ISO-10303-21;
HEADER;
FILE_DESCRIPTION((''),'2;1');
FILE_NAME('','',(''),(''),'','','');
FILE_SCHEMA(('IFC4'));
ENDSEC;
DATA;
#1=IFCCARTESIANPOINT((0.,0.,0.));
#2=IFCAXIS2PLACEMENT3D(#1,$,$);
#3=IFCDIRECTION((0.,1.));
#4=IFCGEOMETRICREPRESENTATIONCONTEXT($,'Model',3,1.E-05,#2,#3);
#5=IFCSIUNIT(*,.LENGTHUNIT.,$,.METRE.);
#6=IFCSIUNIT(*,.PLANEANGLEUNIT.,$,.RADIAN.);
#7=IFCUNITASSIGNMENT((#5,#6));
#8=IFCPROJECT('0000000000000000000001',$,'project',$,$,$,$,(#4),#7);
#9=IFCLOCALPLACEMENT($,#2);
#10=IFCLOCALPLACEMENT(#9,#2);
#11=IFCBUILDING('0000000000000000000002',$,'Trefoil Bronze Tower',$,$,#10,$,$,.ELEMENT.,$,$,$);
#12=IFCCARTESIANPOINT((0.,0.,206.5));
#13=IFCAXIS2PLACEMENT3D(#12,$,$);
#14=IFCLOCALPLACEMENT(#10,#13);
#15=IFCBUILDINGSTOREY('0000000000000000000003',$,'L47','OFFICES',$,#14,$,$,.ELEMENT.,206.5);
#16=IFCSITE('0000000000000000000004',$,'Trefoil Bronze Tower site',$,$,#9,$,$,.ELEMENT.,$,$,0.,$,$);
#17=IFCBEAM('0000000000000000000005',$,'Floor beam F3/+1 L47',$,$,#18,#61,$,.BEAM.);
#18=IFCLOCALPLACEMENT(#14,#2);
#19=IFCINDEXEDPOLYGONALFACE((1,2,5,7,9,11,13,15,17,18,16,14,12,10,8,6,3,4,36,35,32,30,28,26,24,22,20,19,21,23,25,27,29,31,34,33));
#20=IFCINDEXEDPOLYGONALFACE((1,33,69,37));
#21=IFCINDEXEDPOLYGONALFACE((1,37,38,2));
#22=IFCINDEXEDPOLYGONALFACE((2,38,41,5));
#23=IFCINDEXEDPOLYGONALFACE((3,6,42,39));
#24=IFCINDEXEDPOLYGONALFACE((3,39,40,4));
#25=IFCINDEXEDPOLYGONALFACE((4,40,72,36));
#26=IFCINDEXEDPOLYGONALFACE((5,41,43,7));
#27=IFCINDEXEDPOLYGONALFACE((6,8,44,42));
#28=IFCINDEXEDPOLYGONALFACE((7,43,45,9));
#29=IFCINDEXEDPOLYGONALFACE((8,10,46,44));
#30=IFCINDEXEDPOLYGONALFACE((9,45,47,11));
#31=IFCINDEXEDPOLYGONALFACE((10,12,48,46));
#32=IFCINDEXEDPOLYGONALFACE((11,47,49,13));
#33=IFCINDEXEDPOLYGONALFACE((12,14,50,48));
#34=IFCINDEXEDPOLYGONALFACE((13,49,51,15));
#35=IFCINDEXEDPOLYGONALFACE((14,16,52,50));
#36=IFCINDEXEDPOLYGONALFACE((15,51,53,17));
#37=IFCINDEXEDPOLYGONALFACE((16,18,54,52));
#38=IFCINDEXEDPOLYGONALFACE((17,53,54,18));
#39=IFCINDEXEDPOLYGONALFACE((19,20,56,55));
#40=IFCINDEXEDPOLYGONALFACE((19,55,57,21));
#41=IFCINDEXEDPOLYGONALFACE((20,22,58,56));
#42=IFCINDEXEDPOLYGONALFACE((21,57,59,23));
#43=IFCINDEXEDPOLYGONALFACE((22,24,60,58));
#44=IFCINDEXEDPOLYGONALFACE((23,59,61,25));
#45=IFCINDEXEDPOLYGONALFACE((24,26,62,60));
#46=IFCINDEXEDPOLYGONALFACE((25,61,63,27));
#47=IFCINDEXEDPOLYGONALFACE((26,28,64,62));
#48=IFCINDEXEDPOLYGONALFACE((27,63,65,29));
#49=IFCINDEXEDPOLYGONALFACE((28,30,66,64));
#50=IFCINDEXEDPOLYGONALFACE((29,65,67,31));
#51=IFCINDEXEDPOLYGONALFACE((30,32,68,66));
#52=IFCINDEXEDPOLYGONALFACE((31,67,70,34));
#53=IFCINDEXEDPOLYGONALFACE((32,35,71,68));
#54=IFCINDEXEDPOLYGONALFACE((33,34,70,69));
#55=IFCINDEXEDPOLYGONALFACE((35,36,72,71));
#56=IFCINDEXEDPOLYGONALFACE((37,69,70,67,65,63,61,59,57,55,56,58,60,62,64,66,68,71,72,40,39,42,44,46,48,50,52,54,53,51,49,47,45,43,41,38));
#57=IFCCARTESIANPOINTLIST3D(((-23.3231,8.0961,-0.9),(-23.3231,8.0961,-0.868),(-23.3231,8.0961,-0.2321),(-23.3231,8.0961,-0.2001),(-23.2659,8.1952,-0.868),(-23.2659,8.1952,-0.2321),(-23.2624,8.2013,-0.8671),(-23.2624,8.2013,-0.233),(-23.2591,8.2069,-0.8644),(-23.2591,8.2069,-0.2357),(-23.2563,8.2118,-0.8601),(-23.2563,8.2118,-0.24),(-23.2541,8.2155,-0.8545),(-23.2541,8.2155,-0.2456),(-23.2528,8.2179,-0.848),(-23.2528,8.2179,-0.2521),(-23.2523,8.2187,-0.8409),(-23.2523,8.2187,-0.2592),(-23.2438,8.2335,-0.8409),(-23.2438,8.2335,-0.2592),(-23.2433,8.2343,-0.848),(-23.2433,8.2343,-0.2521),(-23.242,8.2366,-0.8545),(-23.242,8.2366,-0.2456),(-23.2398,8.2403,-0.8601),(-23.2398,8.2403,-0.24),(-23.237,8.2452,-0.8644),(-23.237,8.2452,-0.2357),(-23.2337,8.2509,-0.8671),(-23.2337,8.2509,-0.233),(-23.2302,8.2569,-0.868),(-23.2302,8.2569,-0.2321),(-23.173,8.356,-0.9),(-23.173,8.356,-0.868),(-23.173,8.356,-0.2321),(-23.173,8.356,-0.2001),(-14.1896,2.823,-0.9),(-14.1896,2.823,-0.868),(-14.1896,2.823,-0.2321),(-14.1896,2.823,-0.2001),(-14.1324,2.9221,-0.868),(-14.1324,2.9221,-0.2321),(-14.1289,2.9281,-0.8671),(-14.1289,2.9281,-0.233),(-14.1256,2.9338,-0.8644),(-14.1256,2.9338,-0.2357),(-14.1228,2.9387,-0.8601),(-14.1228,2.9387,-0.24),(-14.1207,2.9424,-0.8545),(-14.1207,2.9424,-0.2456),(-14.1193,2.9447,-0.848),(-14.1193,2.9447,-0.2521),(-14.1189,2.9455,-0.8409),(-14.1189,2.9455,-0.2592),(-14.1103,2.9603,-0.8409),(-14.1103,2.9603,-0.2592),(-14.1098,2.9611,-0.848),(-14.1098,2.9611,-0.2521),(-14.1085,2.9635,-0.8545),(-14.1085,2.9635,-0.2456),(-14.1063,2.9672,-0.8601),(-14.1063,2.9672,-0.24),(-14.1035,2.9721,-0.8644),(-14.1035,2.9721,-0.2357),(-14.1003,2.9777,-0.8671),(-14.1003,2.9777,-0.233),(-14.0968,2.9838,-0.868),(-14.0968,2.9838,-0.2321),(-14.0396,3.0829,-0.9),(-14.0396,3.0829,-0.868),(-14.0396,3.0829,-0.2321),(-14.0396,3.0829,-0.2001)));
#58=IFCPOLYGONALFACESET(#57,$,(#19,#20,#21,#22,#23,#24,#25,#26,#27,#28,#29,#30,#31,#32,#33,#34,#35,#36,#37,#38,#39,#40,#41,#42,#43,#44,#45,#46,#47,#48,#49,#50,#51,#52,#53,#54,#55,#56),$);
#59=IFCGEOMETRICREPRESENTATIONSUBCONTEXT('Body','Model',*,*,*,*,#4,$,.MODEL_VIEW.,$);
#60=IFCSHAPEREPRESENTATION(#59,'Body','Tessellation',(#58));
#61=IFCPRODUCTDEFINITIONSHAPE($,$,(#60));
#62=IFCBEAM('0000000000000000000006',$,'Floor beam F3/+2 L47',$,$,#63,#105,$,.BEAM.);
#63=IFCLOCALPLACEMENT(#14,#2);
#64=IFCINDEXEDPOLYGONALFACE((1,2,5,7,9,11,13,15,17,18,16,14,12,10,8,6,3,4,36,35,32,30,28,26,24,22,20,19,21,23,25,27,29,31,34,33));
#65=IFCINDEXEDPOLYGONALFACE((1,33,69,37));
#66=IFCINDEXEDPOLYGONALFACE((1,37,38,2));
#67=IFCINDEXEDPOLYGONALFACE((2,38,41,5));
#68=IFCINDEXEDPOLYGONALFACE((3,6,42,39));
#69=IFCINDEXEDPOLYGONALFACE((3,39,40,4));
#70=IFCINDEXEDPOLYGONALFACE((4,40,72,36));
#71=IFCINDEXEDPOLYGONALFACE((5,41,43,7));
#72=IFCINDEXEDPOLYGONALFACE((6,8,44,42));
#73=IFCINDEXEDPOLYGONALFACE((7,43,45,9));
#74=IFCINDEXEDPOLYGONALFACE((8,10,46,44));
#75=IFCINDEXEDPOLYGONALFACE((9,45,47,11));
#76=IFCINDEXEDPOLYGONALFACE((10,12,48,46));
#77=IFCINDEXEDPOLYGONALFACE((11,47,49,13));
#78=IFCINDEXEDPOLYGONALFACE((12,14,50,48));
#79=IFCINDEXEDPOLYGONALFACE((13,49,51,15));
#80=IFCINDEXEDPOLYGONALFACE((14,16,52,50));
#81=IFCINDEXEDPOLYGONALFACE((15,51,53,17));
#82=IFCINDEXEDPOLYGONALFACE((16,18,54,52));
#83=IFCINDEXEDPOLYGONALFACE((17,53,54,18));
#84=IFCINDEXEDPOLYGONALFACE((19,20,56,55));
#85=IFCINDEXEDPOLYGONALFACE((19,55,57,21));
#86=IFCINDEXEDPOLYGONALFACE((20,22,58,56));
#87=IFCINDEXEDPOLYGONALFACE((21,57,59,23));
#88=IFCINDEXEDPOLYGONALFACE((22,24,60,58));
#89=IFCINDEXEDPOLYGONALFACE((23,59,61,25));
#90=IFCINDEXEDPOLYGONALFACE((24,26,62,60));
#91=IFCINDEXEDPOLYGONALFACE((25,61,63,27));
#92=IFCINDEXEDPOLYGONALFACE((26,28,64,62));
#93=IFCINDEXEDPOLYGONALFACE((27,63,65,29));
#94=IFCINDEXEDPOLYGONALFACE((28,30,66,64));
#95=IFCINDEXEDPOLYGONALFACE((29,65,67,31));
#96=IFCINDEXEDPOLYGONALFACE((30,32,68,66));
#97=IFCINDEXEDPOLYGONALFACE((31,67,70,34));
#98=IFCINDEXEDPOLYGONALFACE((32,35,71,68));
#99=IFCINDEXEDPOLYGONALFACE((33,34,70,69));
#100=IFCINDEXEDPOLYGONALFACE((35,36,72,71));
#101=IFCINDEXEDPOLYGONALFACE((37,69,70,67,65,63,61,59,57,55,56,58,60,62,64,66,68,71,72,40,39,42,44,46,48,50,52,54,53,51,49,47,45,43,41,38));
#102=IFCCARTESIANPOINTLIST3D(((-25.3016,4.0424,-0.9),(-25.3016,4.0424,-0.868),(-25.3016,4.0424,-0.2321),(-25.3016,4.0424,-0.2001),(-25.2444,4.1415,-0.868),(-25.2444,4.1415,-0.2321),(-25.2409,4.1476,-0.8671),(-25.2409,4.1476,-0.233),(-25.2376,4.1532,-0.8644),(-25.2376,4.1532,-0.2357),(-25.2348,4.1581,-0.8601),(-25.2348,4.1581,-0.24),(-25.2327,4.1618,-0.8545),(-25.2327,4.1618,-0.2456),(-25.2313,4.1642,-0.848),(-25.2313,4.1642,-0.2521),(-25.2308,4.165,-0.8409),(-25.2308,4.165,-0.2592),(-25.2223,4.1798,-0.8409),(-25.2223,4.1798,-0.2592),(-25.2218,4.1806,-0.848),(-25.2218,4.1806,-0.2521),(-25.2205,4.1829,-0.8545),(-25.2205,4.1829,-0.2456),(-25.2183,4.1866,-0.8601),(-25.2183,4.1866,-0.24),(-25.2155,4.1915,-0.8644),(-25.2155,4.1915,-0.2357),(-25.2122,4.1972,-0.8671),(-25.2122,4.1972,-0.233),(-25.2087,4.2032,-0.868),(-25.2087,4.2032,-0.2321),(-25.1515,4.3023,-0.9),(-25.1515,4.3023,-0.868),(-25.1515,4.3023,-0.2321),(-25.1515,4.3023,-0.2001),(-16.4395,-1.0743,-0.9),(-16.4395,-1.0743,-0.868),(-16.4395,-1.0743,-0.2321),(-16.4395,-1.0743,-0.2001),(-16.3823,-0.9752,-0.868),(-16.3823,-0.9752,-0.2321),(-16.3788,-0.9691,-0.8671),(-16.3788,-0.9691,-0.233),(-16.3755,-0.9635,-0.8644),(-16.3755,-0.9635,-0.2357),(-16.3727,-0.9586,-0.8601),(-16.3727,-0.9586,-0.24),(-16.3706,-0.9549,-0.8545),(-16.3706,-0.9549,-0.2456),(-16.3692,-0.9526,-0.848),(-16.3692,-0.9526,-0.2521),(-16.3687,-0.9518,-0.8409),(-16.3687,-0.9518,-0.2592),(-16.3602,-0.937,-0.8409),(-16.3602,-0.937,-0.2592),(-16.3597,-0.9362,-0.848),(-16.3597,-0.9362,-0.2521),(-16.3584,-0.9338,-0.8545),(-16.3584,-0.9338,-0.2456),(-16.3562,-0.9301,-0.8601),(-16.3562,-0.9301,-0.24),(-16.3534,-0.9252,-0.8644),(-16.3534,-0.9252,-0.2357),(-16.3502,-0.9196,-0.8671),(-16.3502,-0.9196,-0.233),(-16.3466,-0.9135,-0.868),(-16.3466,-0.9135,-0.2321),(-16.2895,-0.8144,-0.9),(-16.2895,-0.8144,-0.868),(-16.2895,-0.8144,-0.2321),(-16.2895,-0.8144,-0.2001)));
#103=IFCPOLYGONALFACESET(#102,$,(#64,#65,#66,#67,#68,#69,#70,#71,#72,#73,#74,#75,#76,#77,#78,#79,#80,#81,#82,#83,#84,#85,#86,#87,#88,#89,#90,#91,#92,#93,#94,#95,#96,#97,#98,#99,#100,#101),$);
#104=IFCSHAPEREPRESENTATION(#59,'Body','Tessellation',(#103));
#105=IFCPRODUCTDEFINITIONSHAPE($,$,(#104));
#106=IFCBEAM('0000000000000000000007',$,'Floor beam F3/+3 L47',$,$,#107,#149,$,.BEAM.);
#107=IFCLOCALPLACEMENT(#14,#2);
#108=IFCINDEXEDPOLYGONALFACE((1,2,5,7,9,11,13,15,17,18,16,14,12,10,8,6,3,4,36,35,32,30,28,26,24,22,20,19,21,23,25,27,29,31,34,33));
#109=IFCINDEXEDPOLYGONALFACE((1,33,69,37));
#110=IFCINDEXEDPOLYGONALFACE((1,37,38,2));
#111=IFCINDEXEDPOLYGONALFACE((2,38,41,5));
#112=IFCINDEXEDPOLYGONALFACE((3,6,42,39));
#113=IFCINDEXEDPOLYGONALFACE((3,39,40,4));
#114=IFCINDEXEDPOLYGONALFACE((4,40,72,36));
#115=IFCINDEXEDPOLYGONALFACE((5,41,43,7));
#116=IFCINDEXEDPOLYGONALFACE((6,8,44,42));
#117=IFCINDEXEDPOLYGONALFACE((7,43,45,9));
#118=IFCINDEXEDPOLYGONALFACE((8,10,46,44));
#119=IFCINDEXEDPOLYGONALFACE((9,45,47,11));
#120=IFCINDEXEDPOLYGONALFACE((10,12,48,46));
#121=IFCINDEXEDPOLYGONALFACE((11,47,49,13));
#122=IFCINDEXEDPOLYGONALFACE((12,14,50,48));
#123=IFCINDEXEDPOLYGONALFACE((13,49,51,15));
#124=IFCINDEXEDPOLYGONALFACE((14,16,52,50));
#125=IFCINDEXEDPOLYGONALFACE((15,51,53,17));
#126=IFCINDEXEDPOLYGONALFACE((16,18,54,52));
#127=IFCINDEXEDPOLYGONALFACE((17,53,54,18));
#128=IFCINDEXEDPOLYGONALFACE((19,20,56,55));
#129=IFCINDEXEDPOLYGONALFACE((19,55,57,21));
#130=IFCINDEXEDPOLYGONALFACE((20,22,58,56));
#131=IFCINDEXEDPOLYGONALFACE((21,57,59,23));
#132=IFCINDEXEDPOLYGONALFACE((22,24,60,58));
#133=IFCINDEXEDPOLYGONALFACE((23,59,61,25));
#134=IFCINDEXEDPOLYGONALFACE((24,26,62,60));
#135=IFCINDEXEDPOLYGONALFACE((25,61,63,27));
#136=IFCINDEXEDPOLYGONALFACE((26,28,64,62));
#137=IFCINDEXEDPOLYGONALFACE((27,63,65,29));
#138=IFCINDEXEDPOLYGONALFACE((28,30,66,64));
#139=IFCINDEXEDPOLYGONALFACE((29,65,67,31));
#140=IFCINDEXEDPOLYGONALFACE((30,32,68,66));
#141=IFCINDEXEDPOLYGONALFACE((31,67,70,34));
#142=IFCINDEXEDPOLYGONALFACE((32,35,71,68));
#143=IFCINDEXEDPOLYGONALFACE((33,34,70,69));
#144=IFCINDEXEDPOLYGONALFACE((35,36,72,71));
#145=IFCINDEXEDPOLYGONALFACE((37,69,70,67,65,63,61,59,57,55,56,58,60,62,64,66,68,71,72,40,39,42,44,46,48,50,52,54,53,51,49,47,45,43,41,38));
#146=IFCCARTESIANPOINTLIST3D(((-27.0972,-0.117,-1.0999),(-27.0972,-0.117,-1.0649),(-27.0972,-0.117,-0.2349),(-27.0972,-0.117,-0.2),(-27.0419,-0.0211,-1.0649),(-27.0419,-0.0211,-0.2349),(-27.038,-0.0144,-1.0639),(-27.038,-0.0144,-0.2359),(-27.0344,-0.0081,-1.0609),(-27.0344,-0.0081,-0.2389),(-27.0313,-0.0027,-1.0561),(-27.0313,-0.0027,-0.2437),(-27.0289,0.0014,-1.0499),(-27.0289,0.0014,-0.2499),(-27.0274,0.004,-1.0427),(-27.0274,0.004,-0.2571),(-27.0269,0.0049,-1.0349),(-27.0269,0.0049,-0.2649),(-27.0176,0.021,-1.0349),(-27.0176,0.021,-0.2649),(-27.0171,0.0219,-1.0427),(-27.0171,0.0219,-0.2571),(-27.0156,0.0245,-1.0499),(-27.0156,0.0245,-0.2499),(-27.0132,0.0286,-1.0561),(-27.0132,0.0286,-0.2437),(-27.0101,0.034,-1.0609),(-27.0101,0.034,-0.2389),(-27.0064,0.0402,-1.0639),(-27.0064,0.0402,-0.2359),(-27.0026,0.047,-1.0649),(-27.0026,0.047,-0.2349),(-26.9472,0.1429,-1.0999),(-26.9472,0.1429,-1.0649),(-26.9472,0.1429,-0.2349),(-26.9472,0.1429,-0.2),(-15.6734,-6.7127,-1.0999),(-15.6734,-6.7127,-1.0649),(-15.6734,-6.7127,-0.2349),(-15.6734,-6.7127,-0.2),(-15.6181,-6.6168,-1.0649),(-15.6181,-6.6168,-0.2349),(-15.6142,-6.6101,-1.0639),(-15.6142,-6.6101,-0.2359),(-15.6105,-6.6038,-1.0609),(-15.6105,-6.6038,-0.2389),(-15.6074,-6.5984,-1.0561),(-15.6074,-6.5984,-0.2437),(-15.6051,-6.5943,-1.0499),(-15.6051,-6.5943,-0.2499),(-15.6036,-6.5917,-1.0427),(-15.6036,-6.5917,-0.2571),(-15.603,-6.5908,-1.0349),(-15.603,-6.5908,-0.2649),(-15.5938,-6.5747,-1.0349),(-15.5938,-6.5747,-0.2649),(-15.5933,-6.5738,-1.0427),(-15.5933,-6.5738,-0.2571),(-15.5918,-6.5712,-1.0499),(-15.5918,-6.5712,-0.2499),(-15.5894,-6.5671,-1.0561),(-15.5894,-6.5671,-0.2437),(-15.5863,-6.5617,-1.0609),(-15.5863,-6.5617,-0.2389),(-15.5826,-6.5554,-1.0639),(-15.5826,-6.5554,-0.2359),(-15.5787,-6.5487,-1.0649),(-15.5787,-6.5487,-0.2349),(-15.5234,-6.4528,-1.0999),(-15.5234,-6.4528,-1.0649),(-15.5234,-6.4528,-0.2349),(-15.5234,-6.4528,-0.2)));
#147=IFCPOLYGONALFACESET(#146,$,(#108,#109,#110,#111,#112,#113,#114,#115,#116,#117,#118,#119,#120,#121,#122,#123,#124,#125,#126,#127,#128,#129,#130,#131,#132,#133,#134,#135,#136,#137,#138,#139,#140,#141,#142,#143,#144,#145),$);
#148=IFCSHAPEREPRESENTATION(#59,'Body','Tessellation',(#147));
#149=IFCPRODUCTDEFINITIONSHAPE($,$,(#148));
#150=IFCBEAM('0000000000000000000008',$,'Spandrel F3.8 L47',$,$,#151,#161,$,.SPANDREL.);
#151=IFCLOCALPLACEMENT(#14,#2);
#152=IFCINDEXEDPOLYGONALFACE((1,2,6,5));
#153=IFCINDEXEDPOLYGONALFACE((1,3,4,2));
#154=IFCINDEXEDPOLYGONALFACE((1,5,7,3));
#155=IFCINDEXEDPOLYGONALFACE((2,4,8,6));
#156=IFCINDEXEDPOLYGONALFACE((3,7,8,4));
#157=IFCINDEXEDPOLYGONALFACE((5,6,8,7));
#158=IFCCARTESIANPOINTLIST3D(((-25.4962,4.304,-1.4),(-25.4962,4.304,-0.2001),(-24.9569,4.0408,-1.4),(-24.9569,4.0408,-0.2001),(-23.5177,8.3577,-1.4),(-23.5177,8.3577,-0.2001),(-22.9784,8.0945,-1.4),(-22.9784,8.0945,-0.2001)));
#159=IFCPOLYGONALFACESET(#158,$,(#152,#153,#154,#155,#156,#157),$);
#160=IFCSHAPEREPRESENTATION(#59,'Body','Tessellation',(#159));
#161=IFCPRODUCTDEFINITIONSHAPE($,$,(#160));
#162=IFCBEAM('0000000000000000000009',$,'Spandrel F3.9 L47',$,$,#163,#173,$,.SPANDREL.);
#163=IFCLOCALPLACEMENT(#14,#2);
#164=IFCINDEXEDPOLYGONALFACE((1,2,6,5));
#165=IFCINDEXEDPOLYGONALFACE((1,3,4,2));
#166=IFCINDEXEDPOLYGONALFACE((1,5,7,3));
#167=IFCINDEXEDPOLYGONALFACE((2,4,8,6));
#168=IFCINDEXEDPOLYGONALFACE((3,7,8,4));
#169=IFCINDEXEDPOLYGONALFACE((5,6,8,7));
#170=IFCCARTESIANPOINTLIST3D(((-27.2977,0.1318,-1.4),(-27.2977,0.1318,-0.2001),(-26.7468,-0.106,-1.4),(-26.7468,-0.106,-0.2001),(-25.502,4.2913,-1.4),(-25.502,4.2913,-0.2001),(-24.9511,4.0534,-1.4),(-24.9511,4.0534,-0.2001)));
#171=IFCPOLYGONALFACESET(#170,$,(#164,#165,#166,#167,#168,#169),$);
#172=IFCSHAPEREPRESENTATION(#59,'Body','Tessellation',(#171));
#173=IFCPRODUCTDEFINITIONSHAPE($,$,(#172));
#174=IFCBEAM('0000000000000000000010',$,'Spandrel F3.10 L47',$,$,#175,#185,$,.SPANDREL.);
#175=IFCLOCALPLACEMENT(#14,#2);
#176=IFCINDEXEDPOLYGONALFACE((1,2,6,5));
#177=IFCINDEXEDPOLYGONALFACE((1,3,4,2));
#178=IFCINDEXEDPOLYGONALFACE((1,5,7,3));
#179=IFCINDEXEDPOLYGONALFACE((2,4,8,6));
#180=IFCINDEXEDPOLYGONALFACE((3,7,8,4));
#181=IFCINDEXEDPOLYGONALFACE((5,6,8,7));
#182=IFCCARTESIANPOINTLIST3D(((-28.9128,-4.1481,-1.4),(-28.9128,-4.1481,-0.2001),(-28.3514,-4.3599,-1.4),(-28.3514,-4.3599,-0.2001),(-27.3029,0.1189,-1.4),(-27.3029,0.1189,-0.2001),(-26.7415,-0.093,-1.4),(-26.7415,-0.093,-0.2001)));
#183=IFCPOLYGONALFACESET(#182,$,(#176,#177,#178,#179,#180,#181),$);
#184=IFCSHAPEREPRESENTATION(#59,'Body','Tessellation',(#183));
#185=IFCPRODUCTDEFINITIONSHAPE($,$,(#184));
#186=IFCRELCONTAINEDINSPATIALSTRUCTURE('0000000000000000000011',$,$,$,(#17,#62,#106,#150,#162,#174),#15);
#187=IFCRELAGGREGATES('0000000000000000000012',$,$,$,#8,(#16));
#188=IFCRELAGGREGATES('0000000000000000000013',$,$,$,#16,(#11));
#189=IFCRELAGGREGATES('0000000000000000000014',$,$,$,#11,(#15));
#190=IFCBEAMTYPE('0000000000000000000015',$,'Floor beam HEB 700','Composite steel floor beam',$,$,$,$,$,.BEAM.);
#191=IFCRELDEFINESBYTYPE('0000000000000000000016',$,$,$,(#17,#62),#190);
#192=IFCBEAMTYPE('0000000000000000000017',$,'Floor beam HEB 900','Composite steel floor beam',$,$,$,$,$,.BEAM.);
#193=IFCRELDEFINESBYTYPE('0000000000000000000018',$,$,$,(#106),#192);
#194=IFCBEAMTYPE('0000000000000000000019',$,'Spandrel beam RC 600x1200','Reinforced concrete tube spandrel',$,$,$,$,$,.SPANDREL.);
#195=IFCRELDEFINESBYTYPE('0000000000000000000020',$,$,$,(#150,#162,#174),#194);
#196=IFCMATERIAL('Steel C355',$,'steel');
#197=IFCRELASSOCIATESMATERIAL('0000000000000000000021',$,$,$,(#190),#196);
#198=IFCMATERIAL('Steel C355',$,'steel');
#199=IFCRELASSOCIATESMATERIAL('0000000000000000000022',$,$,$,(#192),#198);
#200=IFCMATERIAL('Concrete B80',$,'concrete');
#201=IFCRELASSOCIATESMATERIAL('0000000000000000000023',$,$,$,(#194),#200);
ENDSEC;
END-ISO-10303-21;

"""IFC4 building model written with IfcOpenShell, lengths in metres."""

from ifc_helpers import new_model, si_unit, direction, frame, origin, origin_2d, place, context, subcontext, project, spatial, rectangle, i_section, extrude, material, material_profile, profile_set, type_object, element, save


model = new_model("IFC4")

# Units and contexts
model_context = context("Model", 3, precision=1e-05, world=origin(), true_north=direction((0.0, 1.0)))
body_context = subcontext(model_context, "Body", "Model", "MODEL_VIEW")
ifc_project = project(units=[si_unit("LENGTHUNIT", "METRE"), si_unit("PLANEANGLEUNIT", "RADIAN")], contexts=[model_context])

# Site, building, storey
site_placement = place(None, origin())
site = spatial("IfcSite", under=ifc_project, at=site_placement, Name="Trefoil Bronze Tower site", CompositionType="ELEMENT", RefElevation=0.0)
building_placement = place(site_placement, origin())
building = spatial("IfcBuilding", under=site, at=building_placement, Name="Trefoil Bronze Tower", CompositionType="ELEMENT")
storey_placement = place(building_placement, frame((0.0, 0.0, 206.5)))
storey = spatial("IfcBuildingStorey", under=building, at=storey_placement, Name="L47", Description="OFFICES", CompositionType="ELEMENT", Elevation=206.5)

# Beams
ifc_material_1 = material(Name="Steel C355", Category="steel")
ifc_material_profile_1 = material_profile(ifc_material_1, i_section(OverallWidth=0.3, OverallDepth=0.7, WebThickness=0.0171, FlangeThickness=0.032, FilletRadius=0.0271, at=origin_2d()), Name="HEB 700")
ifc_profile_set_1 = profile_set([ifc_material_profile_1], Name="Steel C355")
beam_type_1 = type_object("IfcBeamType", Name="Floor beam HEB 700", Description="Composite steel floor beam", PredefinedType="BEAM", material=ifc_profile_set_1)
beam_1_placement = place(storey_placement, frame((-23.248, 8.2261, -0.55), z_axis=(0.866028, -0.499996, 0.0), x_axis=(0.499996, 0.866028, 0.0)))
element("IfcBeam", 1, at=beam_1_placement, inside=storey, type_object=beam_type_1, Name="Floor beam F3/+1 L47", PredefinedType="BEAM", context=body_context, shape_type="SweptSolid", body=[
    extrude(i_section(OverallWidth=0.3, OverallDepth=0.7, WebThickness=0.0171, FlangeThickness=0.032, FilletRadius=0.0271, at=origin_2d()), origin(), (0.0, 0.0, 1.0), 10.5464),
])
beam_2_placement = place(storey_placement, frame((-25.2266, 4.1724, -0.55), z_axis=(0.866018, -0.500014, 0.0), x_axis=(0.500014, 0.866018, 0.0)))
element("IfcBeam", 2, at=beam_2_placement, inside=storey, type_object=beam_type_1, Name="Floor beam F3/+2 L47", PredefinedType="BEAM", context=body_context, shape_type="SweptSolid", body=[
    extrude(i_section(OverallWidth=0.3, OverallDepth=0.7, WebThickness=0.0171, FlangeThickness=0.032, FilletRadius=0.0271, at=origin_2d()), origin(), (0.0, 0.0, 1.0), 10.2332),
])
ifc_material_2 = material(Name="Steel C355", Category="steel")
ifc_material_profile_2 = material_profile(ifc_material_2, i_section(OverallWidth=0.3, OverallDepth=0.8999, WebThickness=0.0186, FlangeThickness=0.0349, FilletRadius=0.03, at=origin_2d()), Name="HEB 900")
ifc_profile_set_2 = profile_set([ifc_material_profile_2], Name="Steel C355")
beam_type_2 = type_object("IfcBeamType", Name="Floor beam HEB 900", Description="Composite steel floor beam", PredefinedType="BEAM", material=ifc_profile_set_2)
beam_3_placement = place(storey_placement, frame((-27.0222, 0.0129, -0.6499), z_axis=(0.86602, -0.500009, 0.0), x_axis=(0.500009, 0.86602, 0.0)))
element("IfcBeam", 3, at=beam_3_placement, inside=storey, type_object=beam_type_2, Name="Floor beam F3/+3 L47", PredefinedType="BEAM", context=body_context, shape_type="SweptSolid", body=[
    extrude(i_section(OverallWidth=0.3, OverallDepth=0.8999, WebThickness=0.0186, FlangeThickness=0.0349, FilletRadius=0.03, at=origin_2d()), origin(), (0.0, 0.0, 1.0), 13.1912),
])
ifc_material_3 = material(Name="Concrete B80", Category="concrete")
ifc_material_profile_3 = material_profile(ifc_material_3, rectangle(XDim=0.6001, YDim=1.2, at=origin_2d()), Name="RC 600x1200")
ifc_profile_set_3 = profile_set([ifc_material_profile_3], Name="Concrete B80")
beam_type_3 = type_object("IfcBeamType", Name="Spandrel beam RC 600x1200", Description="Reinforced concrete tube spandrel", PredefinedType="SPANDREL", material=ifc_profile_set_3)
beam_4_placement = place(storey_placement, frame((-23.248, 8.2261, -0.8), z_axis=(-0.43862, -0.898673, 0.0), x_axis=(0.898673, -0.43862, 0.0)))
element("IfcBeam", 4, at=beam_4_placement, inside=storey, type_object=beam_type_3, Name="Spandrel F3.8 L47", PredefinedType="SPANDREL", context=body_context, shape_type="SweptSolid", body=[
    extrude(rectangle(XDim=0.6001, YDim=1.2, at=origin_2d()), origin(), (0.0, 0.0, 1.0), 4.5107),
])
beam_5_placement = place(storey_placement, frame((-25.2266, 4.1724, -0.8), z_axis=(-0.39635, -0.918099, 0.0), x_axis=(0.918099, -0.39635, 0.0)))
element("IfcBeam", 5, at=beam_5_placement, inside=storey, type_object=beam_type_3, Name="Spandrel F3.9 L47", PredefinedType="SPANDREL", context=body_context, shape_type="SweptSolid", body=[
    extrude(rectangle(XDim=0.6001, YDim=1.2, at=origin_2d()), origin(), (0.0, 0.0, 1.0), 4.5305),
])
beam_6_placement = place(storey_placement, frame((-27.0222, 0.0129, -0.8), z_axis=(-0.353006, -0.935621, 0.0), x_axis=(0.935621, -0.353006, 0.0)))
element("IfcBeam", 6, at=beam_6_placement, inside=storey, type_object=beam_type_3, Name="Spandrel F3.10 L47", PredefinedType="SPANDREL", context=body_context, shape_type="SweptSolid", body=[
    extrude(rectangle(XDim=0.6001, YDim=1.2, at=origin_2d()), origin(), (0.0, 0.0, 1.0), 4.5605),
])

save(model, "model.ifc")
